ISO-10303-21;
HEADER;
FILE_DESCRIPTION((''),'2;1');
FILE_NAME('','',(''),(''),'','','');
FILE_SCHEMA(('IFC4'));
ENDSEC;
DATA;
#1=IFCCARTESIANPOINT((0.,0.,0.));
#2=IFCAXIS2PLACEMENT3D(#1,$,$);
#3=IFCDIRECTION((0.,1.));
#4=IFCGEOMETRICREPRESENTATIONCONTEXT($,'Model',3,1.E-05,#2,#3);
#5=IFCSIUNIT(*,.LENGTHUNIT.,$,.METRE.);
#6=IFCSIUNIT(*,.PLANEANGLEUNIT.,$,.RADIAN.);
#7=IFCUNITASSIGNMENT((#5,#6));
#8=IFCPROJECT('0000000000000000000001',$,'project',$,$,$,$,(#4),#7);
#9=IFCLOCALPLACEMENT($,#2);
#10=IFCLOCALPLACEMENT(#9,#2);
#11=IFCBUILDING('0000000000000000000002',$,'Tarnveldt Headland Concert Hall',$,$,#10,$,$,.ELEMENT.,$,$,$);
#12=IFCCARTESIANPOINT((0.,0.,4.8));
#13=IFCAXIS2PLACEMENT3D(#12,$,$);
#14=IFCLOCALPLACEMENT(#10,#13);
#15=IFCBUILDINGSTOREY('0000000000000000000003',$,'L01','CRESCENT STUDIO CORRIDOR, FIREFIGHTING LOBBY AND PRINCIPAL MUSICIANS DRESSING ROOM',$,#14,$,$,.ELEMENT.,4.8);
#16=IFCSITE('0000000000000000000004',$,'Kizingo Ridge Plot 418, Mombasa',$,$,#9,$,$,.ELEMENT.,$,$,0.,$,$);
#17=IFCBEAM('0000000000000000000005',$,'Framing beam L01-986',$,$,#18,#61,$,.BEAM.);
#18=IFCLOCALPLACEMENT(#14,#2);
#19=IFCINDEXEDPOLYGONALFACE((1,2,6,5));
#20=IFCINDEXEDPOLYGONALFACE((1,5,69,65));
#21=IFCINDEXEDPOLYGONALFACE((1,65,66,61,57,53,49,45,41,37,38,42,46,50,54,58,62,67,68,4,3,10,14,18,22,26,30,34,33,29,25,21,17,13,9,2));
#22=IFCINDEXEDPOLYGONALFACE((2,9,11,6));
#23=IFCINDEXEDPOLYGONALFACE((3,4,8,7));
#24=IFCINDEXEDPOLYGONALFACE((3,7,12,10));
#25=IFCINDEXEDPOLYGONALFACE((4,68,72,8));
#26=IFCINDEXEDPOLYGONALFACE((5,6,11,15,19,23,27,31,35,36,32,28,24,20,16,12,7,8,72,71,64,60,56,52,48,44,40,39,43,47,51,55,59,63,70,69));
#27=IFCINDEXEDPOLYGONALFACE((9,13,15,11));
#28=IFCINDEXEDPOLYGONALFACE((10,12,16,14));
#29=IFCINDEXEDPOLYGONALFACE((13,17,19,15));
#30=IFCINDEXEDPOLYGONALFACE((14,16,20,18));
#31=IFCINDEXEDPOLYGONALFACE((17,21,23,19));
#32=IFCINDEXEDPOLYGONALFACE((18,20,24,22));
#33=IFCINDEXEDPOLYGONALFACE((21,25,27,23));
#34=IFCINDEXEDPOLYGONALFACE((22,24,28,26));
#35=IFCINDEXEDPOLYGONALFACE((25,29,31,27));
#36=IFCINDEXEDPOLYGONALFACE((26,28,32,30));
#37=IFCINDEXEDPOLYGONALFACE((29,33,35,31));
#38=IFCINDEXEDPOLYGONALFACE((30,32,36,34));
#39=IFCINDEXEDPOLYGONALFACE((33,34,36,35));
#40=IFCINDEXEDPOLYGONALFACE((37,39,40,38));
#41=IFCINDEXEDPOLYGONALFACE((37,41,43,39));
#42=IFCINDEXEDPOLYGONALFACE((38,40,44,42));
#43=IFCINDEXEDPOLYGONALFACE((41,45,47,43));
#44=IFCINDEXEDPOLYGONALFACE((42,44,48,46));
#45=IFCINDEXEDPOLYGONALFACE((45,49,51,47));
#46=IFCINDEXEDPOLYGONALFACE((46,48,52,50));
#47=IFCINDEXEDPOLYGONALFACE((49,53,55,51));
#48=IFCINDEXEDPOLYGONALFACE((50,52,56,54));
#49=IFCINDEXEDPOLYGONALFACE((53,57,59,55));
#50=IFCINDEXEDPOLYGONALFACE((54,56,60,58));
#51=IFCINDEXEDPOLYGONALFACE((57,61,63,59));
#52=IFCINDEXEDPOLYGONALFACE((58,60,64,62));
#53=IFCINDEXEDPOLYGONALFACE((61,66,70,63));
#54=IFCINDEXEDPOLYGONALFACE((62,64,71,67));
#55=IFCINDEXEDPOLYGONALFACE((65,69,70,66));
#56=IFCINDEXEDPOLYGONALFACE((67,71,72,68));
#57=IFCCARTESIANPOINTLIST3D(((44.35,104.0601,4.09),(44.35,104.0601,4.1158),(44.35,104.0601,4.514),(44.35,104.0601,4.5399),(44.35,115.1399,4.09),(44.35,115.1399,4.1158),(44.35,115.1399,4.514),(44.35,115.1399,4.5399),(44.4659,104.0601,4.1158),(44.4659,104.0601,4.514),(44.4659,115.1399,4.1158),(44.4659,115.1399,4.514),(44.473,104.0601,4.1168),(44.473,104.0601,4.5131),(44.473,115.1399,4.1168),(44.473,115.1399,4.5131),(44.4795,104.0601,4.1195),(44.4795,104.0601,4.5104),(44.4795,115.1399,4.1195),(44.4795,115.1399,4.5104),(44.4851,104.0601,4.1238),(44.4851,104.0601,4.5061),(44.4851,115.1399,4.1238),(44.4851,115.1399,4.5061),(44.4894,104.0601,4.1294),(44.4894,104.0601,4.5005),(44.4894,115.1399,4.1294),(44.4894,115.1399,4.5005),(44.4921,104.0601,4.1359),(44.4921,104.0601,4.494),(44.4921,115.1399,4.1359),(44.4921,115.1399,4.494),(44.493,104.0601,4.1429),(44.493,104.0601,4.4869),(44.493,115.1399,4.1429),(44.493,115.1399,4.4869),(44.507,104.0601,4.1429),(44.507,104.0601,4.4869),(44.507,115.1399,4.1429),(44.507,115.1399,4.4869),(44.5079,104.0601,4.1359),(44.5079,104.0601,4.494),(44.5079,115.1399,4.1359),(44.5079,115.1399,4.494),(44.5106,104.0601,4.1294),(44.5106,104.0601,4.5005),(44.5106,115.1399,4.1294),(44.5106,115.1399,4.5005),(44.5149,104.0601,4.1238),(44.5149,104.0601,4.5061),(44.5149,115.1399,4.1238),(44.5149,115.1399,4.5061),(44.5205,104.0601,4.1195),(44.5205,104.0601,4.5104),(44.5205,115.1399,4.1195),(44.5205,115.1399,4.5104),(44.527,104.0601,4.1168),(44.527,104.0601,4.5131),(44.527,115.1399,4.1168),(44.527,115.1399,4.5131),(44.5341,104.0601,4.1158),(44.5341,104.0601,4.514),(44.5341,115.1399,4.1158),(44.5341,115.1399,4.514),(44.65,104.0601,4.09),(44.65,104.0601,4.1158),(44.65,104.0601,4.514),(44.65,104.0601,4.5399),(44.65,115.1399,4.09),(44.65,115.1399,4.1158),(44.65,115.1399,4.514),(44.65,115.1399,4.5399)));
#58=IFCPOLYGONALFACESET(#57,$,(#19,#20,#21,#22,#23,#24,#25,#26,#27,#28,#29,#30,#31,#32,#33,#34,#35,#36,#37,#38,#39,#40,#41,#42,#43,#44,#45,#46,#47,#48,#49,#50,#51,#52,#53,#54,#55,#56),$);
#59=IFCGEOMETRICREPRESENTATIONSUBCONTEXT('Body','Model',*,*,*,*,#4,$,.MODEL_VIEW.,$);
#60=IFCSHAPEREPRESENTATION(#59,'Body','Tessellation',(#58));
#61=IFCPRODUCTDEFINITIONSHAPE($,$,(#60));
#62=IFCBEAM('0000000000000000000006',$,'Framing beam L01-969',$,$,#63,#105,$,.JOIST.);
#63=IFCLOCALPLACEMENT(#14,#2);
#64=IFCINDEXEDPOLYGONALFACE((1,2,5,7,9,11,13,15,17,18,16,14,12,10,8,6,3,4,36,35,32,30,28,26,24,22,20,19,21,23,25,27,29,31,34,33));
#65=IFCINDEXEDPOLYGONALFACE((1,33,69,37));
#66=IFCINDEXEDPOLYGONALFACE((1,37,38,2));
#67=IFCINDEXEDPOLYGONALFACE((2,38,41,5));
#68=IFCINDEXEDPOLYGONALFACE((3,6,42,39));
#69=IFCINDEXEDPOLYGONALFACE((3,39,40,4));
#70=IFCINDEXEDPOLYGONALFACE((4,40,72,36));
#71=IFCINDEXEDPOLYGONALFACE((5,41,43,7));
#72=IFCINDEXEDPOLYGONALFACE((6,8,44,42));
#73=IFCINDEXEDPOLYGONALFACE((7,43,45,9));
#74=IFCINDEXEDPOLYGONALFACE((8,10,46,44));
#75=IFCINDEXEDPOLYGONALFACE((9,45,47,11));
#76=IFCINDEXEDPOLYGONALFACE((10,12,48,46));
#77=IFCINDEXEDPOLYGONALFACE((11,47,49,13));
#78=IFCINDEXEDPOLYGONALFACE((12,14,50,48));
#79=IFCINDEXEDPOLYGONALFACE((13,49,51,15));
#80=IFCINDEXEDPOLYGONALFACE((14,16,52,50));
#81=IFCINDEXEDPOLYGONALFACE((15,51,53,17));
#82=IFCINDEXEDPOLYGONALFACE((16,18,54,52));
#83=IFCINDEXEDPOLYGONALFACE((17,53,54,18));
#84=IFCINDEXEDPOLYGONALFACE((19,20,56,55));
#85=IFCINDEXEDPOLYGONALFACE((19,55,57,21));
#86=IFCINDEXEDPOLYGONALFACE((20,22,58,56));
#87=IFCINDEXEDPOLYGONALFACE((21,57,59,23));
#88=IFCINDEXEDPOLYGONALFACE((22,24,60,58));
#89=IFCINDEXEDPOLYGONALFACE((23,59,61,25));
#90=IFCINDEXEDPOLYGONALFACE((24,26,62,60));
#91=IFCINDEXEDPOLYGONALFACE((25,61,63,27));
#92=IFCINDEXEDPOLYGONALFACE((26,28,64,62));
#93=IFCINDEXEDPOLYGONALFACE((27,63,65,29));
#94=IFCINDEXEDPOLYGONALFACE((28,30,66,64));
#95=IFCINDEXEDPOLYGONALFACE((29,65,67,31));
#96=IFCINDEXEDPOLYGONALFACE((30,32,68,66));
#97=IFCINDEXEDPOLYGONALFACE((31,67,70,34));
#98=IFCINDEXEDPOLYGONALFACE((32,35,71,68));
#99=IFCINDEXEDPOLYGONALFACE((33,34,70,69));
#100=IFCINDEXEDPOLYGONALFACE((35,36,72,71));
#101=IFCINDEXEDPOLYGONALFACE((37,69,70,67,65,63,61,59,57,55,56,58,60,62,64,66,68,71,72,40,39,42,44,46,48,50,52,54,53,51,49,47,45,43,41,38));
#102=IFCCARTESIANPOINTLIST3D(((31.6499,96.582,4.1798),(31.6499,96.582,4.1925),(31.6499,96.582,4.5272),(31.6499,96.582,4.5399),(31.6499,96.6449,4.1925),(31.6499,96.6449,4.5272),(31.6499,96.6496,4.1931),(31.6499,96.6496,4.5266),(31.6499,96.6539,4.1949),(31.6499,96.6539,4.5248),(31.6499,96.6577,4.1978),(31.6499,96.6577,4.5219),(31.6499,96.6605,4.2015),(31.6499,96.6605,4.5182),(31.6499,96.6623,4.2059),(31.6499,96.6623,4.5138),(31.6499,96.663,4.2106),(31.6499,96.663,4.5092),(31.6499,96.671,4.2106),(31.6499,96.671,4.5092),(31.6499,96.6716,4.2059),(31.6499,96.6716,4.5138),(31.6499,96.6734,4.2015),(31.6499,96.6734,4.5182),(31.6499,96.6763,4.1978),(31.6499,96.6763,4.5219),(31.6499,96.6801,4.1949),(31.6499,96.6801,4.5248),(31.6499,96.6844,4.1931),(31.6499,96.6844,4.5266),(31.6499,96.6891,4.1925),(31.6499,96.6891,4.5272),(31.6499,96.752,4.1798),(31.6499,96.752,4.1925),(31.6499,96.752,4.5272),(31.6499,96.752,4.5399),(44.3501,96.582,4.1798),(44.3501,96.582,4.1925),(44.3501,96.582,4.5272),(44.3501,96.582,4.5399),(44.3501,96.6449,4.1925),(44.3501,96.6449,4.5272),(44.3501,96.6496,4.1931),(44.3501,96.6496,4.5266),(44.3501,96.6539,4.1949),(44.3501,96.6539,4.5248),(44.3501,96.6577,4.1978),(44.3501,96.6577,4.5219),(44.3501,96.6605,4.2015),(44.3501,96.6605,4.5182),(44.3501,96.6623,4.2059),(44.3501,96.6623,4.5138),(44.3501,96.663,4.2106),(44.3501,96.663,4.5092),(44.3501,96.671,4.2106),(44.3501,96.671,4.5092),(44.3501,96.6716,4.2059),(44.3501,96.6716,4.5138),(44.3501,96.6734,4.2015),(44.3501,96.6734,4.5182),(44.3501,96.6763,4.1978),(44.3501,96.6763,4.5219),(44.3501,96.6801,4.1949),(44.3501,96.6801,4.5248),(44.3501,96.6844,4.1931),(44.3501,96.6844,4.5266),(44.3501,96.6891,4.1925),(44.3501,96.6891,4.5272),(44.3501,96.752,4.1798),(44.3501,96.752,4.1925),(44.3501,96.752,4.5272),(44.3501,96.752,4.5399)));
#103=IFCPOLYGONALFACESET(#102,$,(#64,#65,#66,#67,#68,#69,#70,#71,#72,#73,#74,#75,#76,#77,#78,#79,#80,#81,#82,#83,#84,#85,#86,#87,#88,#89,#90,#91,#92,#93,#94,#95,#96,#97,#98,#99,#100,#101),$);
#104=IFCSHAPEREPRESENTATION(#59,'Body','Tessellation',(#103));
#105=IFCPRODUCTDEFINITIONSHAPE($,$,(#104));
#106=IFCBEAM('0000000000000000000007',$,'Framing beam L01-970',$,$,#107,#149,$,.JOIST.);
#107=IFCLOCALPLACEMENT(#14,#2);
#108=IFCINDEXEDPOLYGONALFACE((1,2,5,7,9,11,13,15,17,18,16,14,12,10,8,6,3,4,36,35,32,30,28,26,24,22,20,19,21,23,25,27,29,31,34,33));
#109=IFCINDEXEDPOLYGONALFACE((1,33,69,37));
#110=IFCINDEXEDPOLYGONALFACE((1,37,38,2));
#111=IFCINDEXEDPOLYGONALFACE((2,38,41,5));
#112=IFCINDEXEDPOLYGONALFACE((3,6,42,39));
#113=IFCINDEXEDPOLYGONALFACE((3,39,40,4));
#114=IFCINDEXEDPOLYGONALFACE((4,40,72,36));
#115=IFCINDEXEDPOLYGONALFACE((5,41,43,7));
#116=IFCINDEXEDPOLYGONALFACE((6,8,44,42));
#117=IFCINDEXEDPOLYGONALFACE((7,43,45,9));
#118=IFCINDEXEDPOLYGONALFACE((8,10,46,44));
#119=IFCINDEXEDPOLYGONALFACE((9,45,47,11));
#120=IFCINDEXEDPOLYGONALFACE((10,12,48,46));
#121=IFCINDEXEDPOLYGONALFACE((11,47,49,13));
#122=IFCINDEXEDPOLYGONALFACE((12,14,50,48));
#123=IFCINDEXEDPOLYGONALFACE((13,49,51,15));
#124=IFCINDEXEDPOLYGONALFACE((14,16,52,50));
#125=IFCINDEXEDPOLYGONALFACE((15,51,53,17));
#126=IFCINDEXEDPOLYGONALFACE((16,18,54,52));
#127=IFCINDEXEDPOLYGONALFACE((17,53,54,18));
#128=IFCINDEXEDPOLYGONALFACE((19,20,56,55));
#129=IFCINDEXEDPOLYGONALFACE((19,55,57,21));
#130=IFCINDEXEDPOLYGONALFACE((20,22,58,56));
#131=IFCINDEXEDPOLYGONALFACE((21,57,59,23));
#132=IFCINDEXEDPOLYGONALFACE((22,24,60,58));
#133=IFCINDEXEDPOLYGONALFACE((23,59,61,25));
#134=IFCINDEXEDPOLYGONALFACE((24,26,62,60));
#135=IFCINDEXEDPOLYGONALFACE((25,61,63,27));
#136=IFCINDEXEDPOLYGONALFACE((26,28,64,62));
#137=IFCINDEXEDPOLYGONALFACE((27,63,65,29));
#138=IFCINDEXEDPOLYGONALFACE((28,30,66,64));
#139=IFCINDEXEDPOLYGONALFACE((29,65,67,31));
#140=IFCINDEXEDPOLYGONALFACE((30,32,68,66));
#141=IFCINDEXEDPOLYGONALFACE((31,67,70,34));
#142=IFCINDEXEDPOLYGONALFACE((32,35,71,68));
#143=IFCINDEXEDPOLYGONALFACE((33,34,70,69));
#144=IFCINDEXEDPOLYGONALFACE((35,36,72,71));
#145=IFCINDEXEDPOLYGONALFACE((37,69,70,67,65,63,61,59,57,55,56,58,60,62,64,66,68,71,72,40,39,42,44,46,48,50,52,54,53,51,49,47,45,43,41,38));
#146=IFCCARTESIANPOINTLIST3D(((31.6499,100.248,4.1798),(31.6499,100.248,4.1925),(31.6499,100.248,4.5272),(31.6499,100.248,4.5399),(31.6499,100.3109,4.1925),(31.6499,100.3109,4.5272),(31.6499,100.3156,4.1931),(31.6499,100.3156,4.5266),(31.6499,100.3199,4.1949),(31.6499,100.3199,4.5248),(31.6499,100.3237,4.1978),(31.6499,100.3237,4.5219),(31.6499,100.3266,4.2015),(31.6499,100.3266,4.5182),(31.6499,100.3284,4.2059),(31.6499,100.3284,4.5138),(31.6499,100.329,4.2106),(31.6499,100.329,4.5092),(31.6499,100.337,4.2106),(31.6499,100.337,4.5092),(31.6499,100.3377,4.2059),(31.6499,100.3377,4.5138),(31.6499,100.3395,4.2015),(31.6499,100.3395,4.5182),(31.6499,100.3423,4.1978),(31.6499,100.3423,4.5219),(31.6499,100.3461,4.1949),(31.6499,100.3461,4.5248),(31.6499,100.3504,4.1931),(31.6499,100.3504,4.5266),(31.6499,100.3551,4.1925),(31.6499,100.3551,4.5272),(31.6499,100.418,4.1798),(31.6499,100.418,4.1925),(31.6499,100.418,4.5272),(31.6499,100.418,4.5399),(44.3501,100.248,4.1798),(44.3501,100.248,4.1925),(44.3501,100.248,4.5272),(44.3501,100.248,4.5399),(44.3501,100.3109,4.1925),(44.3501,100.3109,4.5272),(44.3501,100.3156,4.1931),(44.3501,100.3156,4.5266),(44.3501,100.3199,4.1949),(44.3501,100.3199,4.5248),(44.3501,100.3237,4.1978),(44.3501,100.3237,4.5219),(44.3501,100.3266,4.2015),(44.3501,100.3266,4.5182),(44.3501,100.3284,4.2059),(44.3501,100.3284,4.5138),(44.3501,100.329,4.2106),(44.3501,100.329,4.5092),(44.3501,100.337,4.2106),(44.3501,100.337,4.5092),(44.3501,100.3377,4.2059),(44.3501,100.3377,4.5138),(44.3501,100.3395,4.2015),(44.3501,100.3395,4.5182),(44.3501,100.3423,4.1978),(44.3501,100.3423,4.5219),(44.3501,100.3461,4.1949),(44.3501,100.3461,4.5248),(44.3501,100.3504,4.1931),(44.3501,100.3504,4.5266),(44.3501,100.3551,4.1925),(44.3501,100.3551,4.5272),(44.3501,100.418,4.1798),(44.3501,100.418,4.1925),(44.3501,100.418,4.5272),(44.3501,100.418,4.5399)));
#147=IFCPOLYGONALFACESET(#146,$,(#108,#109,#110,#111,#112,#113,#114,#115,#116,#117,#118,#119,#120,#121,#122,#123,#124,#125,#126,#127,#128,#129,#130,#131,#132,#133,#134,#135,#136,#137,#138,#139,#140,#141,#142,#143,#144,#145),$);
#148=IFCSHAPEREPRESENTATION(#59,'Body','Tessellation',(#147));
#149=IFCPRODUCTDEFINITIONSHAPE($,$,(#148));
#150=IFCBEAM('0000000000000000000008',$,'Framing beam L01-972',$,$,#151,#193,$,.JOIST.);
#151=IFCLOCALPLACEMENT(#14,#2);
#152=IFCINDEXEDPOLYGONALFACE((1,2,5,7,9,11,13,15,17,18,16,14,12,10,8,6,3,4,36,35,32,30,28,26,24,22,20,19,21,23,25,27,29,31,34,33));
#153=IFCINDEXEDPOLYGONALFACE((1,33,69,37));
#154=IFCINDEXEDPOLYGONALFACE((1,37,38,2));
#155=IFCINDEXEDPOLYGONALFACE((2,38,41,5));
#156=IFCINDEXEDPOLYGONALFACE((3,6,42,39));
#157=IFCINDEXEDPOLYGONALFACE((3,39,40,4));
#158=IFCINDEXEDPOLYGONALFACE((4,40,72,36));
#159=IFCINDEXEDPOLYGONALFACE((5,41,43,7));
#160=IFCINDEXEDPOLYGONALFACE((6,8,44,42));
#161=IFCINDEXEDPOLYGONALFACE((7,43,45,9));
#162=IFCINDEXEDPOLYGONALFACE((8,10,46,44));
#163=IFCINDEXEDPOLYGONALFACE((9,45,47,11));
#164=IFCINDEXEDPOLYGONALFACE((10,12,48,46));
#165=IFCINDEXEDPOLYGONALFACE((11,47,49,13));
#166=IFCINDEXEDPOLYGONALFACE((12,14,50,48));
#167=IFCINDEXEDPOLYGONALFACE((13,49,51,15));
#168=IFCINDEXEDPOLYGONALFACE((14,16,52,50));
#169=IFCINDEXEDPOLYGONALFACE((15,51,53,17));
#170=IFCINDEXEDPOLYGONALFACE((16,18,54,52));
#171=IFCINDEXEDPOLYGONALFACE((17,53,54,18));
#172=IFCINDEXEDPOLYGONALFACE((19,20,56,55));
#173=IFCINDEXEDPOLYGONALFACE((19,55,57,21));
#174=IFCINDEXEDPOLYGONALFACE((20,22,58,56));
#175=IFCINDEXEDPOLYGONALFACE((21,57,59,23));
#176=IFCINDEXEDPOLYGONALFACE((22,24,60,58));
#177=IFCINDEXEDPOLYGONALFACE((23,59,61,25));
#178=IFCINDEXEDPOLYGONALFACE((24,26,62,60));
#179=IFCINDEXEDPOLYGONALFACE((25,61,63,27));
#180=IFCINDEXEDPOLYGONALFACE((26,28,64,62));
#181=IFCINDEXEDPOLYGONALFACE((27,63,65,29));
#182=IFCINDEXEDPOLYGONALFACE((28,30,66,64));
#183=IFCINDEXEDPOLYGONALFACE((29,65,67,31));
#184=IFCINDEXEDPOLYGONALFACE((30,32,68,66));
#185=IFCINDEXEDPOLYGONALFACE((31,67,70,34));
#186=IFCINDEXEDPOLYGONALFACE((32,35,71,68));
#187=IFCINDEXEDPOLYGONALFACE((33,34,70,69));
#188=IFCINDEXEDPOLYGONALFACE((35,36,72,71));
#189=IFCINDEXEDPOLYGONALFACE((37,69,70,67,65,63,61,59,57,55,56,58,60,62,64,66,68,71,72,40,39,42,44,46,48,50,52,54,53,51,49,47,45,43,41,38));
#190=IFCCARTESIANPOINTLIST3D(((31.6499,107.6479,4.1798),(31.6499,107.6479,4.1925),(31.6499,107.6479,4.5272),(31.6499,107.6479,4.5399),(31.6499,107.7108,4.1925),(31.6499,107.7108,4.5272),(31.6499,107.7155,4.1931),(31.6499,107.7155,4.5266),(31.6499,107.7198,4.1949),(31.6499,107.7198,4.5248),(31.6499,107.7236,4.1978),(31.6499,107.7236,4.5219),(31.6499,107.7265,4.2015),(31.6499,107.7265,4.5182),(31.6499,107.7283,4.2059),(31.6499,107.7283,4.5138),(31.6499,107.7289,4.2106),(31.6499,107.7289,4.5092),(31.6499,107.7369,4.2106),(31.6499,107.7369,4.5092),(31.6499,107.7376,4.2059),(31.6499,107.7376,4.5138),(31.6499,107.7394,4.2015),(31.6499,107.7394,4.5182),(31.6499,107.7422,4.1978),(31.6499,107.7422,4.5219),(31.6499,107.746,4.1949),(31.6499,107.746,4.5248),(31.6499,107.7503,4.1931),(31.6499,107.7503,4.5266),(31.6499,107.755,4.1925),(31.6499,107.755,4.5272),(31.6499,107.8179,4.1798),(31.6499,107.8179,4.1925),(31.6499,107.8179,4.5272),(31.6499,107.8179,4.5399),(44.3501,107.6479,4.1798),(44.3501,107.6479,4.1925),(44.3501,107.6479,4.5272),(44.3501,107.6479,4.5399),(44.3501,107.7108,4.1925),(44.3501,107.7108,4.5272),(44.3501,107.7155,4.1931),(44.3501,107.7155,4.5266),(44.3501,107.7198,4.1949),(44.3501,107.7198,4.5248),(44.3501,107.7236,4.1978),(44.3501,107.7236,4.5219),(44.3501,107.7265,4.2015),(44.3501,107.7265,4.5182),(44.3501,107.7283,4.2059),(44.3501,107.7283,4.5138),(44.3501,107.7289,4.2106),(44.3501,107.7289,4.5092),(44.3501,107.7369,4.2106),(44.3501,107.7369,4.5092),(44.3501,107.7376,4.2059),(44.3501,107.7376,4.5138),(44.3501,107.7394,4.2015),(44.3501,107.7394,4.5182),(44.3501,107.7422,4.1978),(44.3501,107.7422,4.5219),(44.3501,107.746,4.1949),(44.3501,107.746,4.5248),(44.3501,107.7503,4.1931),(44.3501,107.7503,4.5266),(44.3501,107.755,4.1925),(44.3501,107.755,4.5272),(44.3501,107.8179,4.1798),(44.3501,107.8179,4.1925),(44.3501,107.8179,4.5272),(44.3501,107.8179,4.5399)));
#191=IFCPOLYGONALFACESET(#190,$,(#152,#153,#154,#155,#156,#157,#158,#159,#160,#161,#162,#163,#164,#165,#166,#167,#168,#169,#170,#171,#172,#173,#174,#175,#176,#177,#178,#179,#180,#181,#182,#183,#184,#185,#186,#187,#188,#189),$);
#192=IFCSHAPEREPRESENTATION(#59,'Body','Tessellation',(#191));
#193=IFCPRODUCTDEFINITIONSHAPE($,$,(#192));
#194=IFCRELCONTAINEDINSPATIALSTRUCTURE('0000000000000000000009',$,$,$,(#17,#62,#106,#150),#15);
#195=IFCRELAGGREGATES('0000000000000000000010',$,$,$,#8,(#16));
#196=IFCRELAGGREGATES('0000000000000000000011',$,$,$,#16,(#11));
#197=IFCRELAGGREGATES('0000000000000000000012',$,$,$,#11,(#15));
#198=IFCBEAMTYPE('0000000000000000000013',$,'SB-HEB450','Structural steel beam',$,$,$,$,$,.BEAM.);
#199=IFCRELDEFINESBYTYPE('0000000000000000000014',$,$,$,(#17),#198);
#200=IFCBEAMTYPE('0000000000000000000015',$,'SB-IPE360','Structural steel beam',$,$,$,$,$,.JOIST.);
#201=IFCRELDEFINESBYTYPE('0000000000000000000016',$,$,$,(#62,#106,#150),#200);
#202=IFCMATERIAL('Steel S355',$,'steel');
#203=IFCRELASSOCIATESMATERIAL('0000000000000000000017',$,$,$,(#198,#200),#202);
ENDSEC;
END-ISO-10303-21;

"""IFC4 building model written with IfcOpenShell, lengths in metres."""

from ifc_helpers import new_model, si_unit, direction, frame, origin, origin_2d, place, context, subcontext, project, spatial, i_section, extrude, material, material_profile, profile_set, type_object, element, save


model = new_model("IFC4")

# Units and contexts
model_context = context("Model", 3, precision=1e-05, world=origin(), true_north=direction((0.0, 1.0)))
body_context = subcontext(model_context, "Body", "Model", "MODEL_VIEW")
ifc_project = project(units=[si_unit("LENGTHUNIT", "METRE"), si_unit("PLANEANGLEUNIT", "RADIAN")], contexts=[model_context])

# Site, building, storey
site_placement = place(None, origin())
site = spatial("IfcSite", under=ifc_project, at=site_placement, Name="Kizingo Ridge Plot 418, Mombasa", CompositionType="ELEMENT", RefElevation=0.0)
building_placement = place(site_placement, origin())
building = spatial("IfcBuilding", under=site, at=building_placement, Name="Tarnveldt Headland Concert Hall", CompositionType="ELEMENT")
storey_placement = place(building_placement, frame((0.0, 0.0, 4.8)))
storey = spatial("IfcBuildingStorey", under=building, at=storey_placement, Name="L01", Description="CRESCENT STUDIO CORRIDOR, FIREFIGHTING LOBBY AND PRINCIPAL MUSICIANS DRESSING ROOM", CompositionType="ELEMENT", Elevation=4.8)

# Shared definitions
ifc_material_1 = material(Name="Steel S355", Category="steel")

# Beams
ifc_material_profile_1 = material_profile(ifc_material_1, i_section(OverallWidth=0.3, OverallDepth=0.45, WebThickness=0.0139, FlangeThickness=0.0259, FilletRadius=0.0271, at=origin_2d()), Name="HEB450", Category="steel")
ifc_profile_set_1 = profile_set([ifc_material_profile_1], Name="Steel S355")
beam_type_1 = type_object("IfcBeamType", Name="SB-HEB450", Description="Structural steel beam", PredefinedType="BEAM", material=ifc_profile_set_1)
beam_1_placement = place(storey_placement, frame((44.5, 104.0601, 4.3149), z_axis=(0.0, 1.0, 0.0), x_axis=(-1.0, 0.0, 0.0)))
element("IfcBeam", 1, at=beam_1_placement, inside=storey, type_object=beam_type_1, Name="Framing beam L01-986", PredefinedType="BEAM", context=body_context, shape_type="SweptSolid", body=[
    extrude(i_section(OverallWidth=0.3, OverallDepth=0.45, WebThickness=0.0139, FlangeThickness=0.0259, FilletRadius=0.0271, at=origin_2d()), origin(), (0.0, 0.0, 1.0), 11.0798),
])
ifc_material_profile_2 = material_profile(ifc_material_1, i_section(OverallWidth=0.1699, OverallDepth=0.3601, WebThickness=0.0081, FlangeThickness=0.0127, FilletRadius=0.0181, at=origin_2d()), Name="IPE360", Category="steel")
ifc_profile_set_2 = profile_set([ifc_material_profile_2], Name="Steel S355")
beam_type_2 = type_object("IfcBeamType", Name="SB-IPE360", Description="Structural steel beam", PredefinedType="JOIST", material=ifc_profile_set_2)
for number, where, z_axis, x_axis, name in (
    (2, (31.6499, 96.667, 4.3599), (1.0, 0.0, 0.0), (0.0, 1.0, 0.0), "Framing beam L01-969"),
    (3, (31.6499, 100.333, 4.3599), (1.0, 0.0, 0.0), (0.0, 1.0, 0.0), "Framing beam L01-970"),
    (4, (31.6499, 107.7329, 4.3599), (1.0, 0.0, 0.0), (0.0, 1.0, 0.0), "Framing beam L01-972"),
):
    element("IfcBeam", number, at=place(storey_placement, frame(where, z_axis=z_axis, x_axis=x_axis)), inside=storey, type_object=beam_type_2, Name=name, PredefinedType="JOIST", context=body_context, shape_type="SweptSolid", body=[
        extrude(i_section(OverallWidth=0.1699, OverallDepth=0.3601, WebThickness=0.0081, FlangeThickness=0.0127, FilletRadius=0.0181, at=origin_2d()), origin(), (0.0, 0.0, 1.0), 12.7002),
    ])

save(model, "model.ifc")
